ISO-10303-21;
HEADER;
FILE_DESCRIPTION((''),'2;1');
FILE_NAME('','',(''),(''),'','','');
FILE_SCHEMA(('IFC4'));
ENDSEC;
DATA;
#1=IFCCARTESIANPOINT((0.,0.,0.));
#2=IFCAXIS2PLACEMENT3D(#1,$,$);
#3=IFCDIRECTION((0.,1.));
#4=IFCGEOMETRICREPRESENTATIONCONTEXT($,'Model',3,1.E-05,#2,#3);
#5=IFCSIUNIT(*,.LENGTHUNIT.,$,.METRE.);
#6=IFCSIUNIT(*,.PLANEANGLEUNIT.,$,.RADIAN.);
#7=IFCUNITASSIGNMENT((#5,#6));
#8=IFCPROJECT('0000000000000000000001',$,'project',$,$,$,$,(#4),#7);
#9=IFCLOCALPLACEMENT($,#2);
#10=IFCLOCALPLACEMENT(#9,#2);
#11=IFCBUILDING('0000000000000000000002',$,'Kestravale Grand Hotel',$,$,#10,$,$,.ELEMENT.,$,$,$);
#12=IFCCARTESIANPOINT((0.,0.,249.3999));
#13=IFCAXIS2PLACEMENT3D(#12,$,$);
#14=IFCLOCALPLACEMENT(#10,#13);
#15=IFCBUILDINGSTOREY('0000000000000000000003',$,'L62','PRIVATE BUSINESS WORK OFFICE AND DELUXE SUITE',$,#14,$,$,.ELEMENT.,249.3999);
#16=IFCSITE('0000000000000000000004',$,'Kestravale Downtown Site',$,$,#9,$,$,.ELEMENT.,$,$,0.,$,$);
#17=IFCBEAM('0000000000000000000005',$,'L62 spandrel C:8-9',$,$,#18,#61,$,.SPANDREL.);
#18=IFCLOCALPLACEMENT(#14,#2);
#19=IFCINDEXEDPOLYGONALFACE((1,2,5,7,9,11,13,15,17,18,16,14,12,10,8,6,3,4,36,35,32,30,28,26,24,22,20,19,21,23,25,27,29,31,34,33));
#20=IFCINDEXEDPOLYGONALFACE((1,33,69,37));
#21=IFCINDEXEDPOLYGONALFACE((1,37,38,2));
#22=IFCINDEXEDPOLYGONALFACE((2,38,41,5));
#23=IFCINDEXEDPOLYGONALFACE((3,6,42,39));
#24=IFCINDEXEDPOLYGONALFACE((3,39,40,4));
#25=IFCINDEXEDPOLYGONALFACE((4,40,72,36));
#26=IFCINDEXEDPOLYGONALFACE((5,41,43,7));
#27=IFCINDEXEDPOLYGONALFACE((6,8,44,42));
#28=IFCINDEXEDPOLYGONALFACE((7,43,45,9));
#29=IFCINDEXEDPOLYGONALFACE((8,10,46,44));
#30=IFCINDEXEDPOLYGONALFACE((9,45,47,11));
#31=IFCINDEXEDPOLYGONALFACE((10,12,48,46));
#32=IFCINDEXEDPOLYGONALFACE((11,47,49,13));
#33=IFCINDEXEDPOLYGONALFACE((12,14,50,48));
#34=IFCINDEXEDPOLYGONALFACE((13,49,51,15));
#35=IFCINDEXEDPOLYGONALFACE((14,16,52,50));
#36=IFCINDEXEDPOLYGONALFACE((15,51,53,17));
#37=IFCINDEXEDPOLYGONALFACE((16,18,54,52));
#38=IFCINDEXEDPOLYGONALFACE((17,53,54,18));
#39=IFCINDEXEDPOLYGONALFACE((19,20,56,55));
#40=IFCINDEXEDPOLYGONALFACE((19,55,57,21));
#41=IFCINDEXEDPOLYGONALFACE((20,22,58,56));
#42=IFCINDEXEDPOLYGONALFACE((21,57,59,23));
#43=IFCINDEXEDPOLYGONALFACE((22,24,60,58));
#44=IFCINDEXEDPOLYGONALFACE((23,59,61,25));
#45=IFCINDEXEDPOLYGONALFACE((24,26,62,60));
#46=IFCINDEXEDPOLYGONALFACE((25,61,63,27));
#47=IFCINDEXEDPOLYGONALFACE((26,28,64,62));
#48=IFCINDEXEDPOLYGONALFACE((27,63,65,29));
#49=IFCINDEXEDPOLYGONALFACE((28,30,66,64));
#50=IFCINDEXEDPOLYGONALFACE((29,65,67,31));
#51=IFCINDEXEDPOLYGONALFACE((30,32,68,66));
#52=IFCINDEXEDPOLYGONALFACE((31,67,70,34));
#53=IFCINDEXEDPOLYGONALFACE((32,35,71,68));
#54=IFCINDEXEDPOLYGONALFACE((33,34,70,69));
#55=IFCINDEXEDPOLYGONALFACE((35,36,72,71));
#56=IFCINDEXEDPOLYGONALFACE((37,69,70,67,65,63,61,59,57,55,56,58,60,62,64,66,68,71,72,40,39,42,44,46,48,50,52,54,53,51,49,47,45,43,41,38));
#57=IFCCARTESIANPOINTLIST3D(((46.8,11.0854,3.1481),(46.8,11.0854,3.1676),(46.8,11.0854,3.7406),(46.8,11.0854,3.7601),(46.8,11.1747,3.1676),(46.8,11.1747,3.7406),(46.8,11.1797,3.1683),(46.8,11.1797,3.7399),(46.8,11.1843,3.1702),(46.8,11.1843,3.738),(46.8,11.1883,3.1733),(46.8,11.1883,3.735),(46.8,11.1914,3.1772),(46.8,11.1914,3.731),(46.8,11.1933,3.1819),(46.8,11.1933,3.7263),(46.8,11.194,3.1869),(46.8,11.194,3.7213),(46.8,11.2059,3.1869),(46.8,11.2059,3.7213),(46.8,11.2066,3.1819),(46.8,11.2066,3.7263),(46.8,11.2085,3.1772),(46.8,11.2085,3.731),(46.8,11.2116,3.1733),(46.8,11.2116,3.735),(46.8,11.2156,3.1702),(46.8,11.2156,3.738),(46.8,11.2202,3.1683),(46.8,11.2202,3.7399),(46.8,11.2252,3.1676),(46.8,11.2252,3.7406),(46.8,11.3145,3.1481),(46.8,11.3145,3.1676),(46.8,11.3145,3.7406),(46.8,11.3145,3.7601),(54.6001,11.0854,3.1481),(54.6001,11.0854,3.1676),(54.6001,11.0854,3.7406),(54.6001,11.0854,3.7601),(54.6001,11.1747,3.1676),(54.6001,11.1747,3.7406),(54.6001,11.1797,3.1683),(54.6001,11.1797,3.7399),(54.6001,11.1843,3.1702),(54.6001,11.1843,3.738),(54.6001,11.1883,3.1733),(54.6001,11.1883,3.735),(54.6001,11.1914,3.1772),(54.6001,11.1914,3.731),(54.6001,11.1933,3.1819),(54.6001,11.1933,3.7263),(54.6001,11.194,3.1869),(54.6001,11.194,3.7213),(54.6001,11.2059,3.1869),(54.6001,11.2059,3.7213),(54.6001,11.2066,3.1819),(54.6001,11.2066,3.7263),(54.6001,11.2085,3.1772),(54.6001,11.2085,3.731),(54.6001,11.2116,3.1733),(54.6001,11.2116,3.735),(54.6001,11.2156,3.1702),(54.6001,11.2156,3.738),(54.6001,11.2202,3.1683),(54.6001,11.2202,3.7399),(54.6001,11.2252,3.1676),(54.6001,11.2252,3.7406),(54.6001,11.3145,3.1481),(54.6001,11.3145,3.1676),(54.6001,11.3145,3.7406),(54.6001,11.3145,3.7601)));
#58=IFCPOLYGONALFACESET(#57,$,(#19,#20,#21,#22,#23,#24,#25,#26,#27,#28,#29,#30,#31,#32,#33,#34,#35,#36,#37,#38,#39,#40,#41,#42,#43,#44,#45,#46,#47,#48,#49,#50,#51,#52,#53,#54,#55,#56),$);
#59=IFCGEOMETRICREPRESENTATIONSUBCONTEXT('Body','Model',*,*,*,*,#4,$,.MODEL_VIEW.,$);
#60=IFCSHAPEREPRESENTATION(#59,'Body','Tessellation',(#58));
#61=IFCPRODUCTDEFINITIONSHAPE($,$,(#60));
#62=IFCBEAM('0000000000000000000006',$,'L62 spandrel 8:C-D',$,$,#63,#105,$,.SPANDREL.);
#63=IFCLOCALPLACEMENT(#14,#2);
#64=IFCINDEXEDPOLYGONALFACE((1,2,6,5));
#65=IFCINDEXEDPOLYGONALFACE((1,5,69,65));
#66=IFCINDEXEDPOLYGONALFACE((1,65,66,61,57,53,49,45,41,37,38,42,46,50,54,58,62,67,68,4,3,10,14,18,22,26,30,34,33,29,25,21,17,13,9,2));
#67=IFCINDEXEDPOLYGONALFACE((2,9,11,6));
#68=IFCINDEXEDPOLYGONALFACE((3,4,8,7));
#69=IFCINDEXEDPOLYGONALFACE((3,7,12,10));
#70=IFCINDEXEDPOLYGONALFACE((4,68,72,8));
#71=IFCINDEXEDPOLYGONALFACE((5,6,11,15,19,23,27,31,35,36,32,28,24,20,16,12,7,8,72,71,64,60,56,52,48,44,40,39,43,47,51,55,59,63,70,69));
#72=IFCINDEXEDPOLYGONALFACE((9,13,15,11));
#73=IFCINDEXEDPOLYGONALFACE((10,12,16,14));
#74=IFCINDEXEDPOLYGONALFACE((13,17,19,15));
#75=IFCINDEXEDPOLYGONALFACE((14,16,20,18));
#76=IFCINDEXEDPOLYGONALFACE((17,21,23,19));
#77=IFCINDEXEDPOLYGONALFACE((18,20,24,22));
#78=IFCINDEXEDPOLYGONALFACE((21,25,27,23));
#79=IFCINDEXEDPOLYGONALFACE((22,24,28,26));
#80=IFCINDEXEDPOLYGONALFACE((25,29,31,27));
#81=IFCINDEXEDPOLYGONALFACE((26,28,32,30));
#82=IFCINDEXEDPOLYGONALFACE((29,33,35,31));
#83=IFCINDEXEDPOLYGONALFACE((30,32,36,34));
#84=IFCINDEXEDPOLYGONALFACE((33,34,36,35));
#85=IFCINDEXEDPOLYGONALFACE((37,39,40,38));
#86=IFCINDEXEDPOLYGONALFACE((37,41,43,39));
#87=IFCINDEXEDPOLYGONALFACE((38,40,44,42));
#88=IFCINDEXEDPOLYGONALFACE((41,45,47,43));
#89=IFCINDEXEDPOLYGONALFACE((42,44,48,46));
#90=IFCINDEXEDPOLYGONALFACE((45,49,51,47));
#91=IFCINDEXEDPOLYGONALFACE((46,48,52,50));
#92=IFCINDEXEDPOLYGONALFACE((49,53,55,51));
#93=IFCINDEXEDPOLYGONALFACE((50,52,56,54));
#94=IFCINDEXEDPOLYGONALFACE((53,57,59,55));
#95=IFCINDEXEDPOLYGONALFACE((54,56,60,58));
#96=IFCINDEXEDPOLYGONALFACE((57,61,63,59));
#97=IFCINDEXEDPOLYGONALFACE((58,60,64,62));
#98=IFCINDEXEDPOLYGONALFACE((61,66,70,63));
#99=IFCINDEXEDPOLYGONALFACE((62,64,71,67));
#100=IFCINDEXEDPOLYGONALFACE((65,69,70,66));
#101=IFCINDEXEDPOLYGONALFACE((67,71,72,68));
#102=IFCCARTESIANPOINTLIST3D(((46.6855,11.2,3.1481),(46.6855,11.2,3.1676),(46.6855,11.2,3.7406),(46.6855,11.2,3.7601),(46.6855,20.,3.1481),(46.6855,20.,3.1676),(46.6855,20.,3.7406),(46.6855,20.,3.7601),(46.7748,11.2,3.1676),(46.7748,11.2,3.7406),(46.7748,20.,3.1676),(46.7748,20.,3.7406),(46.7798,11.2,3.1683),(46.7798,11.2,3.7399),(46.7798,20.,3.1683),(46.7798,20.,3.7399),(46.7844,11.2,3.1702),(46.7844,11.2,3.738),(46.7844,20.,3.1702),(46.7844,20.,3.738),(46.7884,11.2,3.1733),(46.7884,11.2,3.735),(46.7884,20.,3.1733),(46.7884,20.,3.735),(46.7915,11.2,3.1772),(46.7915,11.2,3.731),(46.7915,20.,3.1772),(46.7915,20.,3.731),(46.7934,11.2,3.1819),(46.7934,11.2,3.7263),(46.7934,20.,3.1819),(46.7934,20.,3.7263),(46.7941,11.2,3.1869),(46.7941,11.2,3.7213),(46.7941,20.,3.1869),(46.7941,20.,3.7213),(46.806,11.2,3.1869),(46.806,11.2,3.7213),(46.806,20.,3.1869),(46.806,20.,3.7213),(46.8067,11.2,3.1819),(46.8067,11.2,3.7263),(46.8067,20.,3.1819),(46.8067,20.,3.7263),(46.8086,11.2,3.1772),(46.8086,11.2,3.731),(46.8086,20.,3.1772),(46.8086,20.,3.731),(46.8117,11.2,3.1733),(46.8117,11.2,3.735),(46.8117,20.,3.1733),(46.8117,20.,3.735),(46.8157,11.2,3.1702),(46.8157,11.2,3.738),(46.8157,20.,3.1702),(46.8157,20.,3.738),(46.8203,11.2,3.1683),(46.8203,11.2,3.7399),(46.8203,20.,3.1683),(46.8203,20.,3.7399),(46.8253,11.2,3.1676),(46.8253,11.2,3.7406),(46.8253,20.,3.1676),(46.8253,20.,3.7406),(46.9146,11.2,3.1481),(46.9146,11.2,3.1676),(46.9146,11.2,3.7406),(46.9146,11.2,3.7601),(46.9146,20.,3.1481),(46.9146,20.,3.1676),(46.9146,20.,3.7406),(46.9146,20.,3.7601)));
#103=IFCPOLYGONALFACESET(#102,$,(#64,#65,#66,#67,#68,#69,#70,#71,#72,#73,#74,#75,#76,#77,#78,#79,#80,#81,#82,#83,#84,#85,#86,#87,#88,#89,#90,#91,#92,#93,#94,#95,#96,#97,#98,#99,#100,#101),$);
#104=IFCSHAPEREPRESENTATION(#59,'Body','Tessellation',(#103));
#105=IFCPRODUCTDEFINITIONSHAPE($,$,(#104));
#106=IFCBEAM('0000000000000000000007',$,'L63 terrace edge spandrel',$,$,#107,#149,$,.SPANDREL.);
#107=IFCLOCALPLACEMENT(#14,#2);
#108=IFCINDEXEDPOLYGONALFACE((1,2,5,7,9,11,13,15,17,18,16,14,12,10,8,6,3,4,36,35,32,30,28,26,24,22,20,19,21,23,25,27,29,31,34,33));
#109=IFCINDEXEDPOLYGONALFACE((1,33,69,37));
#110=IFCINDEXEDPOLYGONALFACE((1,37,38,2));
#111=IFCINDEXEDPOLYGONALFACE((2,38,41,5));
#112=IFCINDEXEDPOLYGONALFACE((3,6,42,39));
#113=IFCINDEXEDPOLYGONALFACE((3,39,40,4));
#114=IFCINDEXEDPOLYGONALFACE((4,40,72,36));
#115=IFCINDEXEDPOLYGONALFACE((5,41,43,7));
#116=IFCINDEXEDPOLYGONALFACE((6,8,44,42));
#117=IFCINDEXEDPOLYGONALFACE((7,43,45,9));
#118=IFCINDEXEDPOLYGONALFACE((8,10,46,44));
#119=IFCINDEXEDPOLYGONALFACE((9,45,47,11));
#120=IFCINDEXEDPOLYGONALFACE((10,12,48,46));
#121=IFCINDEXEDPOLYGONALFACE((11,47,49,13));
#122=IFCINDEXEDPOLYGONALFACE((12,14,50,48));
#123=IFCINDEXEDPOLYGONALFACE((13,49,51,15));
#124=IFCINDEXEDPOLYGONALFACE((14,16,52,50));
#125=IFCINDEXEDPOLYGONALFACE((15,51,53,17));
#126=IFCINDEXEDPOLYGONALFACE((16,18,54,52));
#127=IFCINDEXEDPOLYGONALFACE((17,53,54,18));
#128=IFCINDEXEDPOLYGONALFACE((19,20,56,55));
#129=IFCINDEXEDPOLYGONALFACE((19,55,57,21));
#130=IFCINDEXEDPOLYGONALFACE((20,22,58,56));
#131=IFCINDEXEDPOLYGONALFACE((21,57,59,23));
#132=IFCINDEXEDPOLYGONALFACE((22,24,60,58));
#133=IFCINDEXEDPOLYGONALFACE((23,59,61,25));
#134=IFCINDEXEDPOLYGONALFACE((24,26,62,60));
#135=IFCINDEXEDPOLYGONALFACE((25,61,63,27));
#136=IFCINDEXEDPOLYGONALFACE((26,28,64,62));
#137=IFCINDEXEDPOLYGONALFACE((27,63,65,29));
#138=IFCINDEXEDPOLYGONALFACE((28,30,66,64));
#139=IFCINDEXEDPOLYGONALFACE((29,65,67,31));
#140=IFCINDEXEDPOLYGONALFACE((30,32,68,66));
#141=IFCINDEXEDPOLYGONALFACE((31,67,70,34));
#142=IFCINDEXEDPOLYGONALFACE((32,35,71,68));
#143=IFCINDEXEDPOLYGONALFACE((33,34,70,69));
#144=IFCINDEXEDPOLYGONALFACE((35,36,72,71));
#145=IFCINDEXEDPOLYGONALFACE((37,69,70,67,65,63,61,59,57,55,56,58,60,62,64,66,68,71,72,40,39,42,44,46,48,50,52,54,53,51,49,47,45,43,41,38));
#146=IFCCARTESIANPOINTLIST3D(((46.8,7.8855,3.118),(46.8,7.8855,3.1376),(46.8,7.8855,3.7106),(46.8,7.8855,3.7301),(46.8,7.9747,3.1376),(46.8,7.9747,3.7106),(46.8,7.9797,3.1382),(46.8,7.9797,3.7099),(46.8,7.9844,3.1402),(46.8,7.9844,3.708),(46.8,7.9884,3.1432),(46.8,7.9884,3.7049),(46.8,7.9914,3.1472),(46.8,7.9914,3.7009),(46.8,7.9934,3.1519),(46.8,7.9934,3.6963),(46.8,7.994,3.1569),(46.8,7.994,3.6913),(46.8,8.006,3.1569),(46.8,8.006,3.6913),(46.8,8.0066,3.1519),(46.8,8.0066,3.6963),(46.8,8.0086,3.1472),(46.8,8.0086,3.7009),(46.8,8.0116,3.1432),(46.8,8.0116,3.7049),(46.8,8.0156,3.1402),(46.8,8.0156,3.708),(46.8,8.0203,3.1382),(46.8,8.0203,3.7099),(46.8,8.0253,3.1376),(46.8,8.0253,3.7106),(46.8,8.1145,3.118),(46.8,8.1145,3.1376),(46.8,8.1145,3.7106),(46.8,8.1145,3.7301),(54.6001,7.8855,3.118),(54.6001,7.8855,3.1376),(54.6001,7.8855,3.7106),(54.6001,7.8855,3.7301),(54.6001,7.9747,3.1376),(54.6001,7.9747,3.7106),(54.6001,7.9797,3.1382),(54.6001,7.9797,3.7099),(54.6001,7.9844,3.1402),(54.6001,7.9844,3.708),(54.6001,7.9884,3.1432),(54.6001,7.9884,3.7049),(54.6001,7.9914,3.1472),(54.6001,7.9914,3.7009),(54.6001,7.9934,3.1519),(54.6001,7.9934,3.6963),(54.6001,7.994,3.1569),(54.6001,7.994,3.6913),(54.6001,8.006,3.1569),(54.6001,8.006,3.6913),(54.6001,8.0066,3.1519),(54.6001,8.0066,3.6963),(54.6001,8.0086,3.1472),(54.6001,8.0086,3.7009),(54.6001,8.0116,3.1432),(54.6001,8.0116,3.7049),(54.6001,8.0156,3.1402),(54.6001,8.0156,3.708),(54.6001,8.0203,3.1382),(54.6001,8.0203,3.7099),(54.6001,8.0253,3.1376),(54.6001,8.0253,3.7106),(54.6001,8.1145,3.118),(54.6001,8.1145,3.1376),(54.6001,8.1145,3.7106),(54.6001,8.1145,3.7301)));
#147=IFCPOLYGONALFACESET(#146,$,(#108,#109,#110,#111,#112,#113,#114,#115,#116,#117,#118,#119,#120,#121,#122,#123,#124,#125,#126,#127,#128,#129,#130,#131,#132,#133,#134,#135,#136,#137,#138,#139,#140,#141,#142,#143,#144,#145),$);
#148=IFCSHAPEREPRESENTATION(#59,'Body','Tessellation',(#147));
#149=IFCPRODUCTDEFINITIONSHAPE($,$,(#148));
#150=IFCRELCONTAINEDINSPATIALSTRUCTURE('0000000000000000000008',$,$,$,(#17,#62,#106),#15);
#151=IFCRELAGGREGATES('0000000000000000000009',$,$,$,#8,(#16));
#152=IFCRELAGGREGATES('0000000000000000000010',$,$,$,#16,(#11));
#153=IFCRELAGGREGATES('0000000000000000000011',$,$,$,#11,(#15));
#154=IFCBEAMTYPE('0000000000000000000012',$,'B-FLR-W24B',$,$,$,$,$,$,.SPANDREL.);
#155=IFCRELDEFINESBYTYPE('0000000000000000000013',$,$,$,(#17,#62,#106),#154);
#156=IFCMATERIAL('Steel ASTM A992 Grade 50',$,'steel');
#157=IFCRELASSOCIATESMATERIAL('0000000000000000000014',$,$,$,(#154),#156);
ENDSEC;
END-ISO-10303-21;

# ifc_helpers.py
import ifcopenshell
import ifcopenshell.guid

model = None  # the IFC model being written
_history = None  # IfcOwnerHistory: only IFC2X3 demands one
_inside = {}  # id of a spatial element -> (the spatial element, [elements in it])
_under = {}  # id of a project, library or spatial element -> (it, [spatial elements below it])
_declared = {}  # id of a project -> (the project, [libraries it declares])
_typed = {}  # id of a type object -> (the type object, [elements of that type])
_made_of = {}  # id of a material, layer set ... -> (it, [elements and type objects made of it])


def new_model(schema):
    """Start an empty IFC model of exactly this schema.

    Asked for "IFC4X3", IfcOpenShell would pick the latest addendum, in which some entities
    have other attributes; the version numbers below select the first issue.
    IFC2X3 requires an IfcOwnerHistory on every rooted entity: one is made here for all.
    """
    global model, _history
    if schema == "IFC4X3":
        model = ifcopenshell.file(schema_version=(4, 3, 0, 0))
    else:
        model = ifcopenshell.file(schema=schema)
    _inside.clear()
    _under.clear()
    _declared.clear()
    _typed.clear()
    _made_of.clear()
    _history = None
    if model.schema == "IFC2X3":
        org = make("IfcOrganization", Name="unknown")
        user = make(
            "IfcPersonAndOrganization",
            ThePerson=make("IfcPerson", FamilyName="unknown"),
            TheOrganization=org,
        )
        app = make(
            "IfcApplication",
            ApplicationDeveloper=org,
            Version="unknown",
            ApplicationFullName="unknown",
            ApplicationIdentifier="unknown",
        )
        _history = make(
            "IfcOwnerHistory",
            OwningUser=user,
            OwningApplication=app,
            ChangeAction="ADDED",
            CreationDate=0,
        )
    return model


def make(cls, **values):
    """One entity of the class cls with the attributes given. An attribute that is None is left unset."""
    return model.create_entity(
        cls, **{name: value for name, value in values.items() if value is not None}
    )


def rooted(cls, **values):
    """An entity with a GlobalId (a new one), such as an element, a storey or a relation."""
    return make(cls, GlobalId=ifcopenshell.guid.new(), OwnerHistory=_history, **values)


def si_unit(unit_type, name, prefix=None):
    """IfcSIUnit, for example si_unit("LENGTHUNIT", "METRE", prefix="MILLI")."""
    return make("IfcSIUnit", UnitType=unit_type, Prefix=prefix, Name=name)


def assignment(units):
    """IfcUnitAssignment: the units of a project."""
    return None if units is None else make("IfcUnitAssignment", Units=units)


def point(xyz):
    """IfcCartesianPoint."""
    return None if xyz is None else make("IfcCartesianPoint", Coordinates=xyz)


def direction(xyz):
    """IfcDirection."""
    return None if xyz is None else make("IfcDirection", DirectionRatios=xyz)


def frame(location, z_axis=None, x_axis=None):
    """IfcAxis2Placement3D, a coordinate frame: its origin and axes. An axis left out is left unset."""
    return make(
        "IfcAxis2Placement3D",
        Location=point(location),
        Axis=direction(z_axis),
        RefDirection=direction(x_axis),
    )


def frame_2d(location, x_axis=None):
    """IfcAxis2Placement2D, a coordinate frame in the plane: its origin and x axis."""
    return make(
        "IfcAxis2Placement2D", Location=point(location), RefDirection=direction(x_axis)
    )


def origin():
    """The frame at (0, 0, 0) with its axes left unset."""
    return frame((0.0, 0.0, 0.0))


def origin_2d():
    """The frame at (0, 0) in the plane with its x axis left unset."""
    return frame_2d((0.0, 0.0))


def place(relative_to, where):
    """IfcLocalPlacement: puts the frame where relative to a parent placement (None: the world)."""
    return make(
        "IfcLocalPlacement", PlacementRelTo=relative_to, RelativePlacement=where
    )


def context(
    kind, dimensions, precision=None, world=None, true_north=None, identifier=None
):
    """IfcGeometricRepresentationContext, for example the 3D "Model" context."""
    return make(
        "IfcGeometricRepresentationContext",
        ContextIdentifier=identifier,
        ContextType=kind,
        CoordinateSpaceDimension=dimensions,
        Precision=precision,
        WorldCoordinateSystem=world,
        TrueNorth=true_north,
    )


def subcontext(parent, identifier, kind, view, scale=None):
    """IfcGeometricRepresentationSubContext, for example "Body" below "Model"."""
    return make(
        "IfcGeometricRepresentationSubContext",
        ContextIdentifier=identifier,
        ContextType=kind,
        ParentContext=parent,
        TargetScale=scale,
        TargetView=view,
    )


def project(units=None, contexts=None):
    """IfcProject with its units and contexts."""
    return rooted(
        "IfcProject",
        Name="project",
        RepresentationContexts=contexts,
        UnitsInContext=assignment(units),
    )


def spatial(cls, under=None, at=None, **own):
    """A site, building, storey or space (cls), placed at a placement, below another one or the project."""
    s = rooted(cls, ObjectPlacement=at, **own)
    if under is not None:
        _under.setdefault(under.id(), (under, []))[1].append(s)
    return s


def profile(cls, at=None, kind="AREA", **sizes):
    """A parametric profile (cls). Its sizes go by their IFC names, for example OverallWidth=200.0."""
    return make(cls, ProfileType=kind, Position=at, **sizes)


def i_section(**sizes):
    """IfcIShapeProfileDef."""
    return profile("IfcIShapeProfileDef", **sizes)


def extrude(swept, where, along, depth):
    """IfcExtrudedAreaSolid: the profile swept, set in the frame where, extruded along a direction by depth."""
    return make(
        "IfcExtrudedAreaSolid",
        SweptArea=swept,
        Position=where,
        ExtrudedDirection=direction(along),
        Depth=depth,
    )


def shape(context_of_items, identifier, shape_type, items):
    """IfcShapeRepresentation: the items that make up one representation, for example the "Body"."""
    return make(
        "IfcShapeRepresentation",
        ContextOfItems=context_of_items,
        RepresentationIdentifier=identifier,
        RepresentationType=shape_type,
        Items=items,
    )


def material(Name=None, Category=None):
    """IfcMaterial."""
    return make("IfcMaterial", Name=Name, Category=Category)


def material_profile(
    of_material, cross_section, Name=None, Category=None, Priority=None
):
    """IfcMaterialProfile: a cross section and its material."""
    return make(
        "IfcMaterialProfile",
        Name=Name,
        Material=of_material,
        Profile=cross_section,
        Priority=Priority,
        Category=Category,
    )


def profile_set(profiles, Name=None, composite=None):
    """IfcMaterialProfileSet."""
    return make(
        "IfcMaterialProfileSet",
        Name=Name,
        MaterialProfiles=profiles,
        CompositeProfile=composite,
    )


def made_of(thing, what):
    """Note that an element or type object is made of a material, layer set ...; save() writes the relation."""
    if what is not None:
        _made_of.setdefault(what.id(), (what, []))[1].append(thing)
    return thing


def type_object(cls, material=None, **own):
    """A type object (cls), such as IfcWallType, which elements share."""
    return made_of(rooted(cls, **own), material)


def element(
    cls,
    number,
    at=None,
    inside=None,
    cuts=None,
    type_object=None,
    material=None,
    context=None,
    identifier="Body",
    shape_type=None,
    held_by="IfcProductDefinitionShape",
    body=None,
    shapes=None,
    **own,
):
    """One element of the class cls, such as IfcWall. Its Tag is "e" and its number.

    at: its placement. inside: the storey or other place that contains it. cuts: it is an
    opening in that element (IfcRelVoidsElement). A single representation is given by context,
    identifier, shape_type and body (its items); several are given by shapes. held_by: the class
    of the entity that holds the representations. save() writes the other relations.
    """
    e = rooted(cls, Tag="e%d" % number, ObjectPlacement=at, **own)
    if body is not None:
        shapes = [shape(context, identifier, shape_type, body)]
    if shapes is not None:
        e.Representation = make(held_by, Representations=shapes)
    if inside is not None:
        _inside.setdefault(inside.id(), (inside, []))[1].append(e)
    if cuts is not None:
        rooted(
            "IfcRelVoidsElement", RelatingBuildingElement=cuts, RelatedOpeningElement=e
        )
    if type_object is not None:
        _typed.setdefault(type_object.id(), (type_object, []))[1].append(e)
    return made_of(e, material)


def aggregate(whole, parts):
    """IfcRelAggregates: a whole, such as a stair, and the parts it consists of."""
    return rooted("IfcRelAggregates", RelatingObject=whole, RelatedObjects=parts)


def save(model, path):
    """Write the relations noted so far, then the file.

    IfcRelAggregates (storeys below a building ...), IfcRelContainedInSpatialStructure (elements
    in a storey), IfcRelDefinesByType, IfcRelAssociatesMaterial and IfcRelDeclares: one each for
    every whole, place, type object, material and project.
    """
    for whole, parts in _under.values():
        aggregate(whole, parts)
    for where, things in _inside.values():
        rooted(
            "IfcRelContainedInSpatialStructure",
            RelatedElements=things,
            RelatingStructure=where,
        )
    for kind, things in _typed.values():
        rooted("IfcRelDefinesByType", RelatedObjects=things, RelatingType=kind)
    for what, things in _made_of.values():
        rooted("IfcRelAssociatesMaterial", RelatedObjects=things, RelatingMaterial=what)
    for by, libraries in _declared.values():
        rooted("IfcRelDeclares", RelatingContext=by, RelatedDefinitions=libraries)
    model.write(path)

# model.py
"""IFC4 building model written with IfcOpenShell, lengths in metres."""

from ifc_helpers import new_model, si_unit, direction, frame, origin, origin_2d, place, context, subcontext, project, spatial, i_section, extrude, material, material_profile, profile_set, type_object, element, save


model = new_model("IFC4")

# Units and contexts
model_context = context("Model", 3, precision=1e-05, world=origin(), true_north=direction((0.0, 1.0)))
body_context = subcontext(model_context, "Body", "Model", "MODEL_VIEW")
ifc_project = project(units=[si_unit("LENGTHUNIT", "METRE"), si_unit("PLANEANGLEUNIT", "RADIAN")], contexts=[model_context])

# Site, building, storey
site_placement = place(None, origin())
site = spatial("IfcSite", under=ifc_project, at=site_placement, Name="Kestravale Downtown Site", CompositionType="ELEMENT", RefElevation=0.0)
building_placement = place(site_placement, origin())
building = spatial("IfcBuilding", under=site, at=building_placement, Name="Kestravale Grand Hotel", CompositionType="ELEMENT")
storey_placement = place(building_placement, frame((0.0, 0.0, 249.3999)))
storey = spatial("IfcBuildingStorey", under=building, at=storey_placement, Name="L62", Description="PRIVATE BUSINESS WORK OFFICE AND DELUXE SUITE", CompositionType="ELEMENT", Elevation=249.3999)

# Beams
ifc_material_1 = material(Name="Steel ASTM A992 Grade 50", Category="steel")
ifc_material_profile_1 = material_profile(ifc_material_1, i_section(OverallWidth=0.229, OverallDepth=0.6121, WebThickness=0.012, FlangeThickness=0.0195, FilletRadius=0.0193, at=origin_2d()))
ifc_profile_set_1 = profile_set([ifc_material_profile_1], Name="Steel ASTM A992 Grade 50")
beam_type_1 = type_object("IfcBeamType", Name="B-FLR-W24B", PredefinedType="SPANDREL", material=ifc_profile_set_1)
beam_1_placement = place(storey_placement, frame((46.8, 11.2, 3.4541), z_axis=(1.0, 0.0, 0.0), x_axis=(0.0, 1.0, 0.0)))
element("IfcBeam", 1, at=beam_1_placement, inside=storey, type_object=beam_type_1, Name="L62 spandrel C:8-9", PredefinedType="SPANDREL", context=body_context, shape_type="SweptSolid", body=[
    extrude(i_section(OverallWidth=0.229, OverallDepth=0.6121, WebThickness=0.012, FlangeThickness=0.0195, FilletRadius=0.0193, at=origin_2d()), origin(), (0.0, 0.0, 1.0), 7.8),
])
beam_2_placement = place(storey_placement, frame((46.8, 11.2, 3.4541), z_axis=(0.0, 1.0, 0.0), x_axis=(-1.0, 0.0, 0.0)))
element("IfcBeam", 2, at=beam_2_placement, inside=storey, type_object=beam_type_1, Name="L62 spandrel 8:C-D", PredefinedType="SPANDREL", context=body_context, shape_type="SweptSolid", body=[
    extrude(i_section(OverallWidth=0.229, OverallDepth=0.6121, WebThickness=0.012, FlangeThickness=0.0195, FilletRadius=0.0193, at=origin_2d()), origin(), (0.0, 0.0, 1.0), 8.8),
])
beam_3_placement = place(storey_placement, frame((46.8, 8.0, 3.4241), z_axis=(1.0, 0.0, 0.0), x_axis=(0.0, 1.0, 0.0)))
element("IfcBeam", 3, at=beam_3_placement, inside=storey, type_object=beam_type_1, Name="L63 terrace edge spandrel", PredefinedType="SPANDREL", context=body_context, shape_type="SweptSolid", body=[
    extrude(i_section(OverallWidth=0.229, OverallDepth=0.6121, WebThickness=0.012, FlangeThickness=0.0195, FilletRadius=0.0193, at=origin_2d()), origin(), (0.0, 0.0, 1.0), 7.8),
])

save(model, "model.ifc")
